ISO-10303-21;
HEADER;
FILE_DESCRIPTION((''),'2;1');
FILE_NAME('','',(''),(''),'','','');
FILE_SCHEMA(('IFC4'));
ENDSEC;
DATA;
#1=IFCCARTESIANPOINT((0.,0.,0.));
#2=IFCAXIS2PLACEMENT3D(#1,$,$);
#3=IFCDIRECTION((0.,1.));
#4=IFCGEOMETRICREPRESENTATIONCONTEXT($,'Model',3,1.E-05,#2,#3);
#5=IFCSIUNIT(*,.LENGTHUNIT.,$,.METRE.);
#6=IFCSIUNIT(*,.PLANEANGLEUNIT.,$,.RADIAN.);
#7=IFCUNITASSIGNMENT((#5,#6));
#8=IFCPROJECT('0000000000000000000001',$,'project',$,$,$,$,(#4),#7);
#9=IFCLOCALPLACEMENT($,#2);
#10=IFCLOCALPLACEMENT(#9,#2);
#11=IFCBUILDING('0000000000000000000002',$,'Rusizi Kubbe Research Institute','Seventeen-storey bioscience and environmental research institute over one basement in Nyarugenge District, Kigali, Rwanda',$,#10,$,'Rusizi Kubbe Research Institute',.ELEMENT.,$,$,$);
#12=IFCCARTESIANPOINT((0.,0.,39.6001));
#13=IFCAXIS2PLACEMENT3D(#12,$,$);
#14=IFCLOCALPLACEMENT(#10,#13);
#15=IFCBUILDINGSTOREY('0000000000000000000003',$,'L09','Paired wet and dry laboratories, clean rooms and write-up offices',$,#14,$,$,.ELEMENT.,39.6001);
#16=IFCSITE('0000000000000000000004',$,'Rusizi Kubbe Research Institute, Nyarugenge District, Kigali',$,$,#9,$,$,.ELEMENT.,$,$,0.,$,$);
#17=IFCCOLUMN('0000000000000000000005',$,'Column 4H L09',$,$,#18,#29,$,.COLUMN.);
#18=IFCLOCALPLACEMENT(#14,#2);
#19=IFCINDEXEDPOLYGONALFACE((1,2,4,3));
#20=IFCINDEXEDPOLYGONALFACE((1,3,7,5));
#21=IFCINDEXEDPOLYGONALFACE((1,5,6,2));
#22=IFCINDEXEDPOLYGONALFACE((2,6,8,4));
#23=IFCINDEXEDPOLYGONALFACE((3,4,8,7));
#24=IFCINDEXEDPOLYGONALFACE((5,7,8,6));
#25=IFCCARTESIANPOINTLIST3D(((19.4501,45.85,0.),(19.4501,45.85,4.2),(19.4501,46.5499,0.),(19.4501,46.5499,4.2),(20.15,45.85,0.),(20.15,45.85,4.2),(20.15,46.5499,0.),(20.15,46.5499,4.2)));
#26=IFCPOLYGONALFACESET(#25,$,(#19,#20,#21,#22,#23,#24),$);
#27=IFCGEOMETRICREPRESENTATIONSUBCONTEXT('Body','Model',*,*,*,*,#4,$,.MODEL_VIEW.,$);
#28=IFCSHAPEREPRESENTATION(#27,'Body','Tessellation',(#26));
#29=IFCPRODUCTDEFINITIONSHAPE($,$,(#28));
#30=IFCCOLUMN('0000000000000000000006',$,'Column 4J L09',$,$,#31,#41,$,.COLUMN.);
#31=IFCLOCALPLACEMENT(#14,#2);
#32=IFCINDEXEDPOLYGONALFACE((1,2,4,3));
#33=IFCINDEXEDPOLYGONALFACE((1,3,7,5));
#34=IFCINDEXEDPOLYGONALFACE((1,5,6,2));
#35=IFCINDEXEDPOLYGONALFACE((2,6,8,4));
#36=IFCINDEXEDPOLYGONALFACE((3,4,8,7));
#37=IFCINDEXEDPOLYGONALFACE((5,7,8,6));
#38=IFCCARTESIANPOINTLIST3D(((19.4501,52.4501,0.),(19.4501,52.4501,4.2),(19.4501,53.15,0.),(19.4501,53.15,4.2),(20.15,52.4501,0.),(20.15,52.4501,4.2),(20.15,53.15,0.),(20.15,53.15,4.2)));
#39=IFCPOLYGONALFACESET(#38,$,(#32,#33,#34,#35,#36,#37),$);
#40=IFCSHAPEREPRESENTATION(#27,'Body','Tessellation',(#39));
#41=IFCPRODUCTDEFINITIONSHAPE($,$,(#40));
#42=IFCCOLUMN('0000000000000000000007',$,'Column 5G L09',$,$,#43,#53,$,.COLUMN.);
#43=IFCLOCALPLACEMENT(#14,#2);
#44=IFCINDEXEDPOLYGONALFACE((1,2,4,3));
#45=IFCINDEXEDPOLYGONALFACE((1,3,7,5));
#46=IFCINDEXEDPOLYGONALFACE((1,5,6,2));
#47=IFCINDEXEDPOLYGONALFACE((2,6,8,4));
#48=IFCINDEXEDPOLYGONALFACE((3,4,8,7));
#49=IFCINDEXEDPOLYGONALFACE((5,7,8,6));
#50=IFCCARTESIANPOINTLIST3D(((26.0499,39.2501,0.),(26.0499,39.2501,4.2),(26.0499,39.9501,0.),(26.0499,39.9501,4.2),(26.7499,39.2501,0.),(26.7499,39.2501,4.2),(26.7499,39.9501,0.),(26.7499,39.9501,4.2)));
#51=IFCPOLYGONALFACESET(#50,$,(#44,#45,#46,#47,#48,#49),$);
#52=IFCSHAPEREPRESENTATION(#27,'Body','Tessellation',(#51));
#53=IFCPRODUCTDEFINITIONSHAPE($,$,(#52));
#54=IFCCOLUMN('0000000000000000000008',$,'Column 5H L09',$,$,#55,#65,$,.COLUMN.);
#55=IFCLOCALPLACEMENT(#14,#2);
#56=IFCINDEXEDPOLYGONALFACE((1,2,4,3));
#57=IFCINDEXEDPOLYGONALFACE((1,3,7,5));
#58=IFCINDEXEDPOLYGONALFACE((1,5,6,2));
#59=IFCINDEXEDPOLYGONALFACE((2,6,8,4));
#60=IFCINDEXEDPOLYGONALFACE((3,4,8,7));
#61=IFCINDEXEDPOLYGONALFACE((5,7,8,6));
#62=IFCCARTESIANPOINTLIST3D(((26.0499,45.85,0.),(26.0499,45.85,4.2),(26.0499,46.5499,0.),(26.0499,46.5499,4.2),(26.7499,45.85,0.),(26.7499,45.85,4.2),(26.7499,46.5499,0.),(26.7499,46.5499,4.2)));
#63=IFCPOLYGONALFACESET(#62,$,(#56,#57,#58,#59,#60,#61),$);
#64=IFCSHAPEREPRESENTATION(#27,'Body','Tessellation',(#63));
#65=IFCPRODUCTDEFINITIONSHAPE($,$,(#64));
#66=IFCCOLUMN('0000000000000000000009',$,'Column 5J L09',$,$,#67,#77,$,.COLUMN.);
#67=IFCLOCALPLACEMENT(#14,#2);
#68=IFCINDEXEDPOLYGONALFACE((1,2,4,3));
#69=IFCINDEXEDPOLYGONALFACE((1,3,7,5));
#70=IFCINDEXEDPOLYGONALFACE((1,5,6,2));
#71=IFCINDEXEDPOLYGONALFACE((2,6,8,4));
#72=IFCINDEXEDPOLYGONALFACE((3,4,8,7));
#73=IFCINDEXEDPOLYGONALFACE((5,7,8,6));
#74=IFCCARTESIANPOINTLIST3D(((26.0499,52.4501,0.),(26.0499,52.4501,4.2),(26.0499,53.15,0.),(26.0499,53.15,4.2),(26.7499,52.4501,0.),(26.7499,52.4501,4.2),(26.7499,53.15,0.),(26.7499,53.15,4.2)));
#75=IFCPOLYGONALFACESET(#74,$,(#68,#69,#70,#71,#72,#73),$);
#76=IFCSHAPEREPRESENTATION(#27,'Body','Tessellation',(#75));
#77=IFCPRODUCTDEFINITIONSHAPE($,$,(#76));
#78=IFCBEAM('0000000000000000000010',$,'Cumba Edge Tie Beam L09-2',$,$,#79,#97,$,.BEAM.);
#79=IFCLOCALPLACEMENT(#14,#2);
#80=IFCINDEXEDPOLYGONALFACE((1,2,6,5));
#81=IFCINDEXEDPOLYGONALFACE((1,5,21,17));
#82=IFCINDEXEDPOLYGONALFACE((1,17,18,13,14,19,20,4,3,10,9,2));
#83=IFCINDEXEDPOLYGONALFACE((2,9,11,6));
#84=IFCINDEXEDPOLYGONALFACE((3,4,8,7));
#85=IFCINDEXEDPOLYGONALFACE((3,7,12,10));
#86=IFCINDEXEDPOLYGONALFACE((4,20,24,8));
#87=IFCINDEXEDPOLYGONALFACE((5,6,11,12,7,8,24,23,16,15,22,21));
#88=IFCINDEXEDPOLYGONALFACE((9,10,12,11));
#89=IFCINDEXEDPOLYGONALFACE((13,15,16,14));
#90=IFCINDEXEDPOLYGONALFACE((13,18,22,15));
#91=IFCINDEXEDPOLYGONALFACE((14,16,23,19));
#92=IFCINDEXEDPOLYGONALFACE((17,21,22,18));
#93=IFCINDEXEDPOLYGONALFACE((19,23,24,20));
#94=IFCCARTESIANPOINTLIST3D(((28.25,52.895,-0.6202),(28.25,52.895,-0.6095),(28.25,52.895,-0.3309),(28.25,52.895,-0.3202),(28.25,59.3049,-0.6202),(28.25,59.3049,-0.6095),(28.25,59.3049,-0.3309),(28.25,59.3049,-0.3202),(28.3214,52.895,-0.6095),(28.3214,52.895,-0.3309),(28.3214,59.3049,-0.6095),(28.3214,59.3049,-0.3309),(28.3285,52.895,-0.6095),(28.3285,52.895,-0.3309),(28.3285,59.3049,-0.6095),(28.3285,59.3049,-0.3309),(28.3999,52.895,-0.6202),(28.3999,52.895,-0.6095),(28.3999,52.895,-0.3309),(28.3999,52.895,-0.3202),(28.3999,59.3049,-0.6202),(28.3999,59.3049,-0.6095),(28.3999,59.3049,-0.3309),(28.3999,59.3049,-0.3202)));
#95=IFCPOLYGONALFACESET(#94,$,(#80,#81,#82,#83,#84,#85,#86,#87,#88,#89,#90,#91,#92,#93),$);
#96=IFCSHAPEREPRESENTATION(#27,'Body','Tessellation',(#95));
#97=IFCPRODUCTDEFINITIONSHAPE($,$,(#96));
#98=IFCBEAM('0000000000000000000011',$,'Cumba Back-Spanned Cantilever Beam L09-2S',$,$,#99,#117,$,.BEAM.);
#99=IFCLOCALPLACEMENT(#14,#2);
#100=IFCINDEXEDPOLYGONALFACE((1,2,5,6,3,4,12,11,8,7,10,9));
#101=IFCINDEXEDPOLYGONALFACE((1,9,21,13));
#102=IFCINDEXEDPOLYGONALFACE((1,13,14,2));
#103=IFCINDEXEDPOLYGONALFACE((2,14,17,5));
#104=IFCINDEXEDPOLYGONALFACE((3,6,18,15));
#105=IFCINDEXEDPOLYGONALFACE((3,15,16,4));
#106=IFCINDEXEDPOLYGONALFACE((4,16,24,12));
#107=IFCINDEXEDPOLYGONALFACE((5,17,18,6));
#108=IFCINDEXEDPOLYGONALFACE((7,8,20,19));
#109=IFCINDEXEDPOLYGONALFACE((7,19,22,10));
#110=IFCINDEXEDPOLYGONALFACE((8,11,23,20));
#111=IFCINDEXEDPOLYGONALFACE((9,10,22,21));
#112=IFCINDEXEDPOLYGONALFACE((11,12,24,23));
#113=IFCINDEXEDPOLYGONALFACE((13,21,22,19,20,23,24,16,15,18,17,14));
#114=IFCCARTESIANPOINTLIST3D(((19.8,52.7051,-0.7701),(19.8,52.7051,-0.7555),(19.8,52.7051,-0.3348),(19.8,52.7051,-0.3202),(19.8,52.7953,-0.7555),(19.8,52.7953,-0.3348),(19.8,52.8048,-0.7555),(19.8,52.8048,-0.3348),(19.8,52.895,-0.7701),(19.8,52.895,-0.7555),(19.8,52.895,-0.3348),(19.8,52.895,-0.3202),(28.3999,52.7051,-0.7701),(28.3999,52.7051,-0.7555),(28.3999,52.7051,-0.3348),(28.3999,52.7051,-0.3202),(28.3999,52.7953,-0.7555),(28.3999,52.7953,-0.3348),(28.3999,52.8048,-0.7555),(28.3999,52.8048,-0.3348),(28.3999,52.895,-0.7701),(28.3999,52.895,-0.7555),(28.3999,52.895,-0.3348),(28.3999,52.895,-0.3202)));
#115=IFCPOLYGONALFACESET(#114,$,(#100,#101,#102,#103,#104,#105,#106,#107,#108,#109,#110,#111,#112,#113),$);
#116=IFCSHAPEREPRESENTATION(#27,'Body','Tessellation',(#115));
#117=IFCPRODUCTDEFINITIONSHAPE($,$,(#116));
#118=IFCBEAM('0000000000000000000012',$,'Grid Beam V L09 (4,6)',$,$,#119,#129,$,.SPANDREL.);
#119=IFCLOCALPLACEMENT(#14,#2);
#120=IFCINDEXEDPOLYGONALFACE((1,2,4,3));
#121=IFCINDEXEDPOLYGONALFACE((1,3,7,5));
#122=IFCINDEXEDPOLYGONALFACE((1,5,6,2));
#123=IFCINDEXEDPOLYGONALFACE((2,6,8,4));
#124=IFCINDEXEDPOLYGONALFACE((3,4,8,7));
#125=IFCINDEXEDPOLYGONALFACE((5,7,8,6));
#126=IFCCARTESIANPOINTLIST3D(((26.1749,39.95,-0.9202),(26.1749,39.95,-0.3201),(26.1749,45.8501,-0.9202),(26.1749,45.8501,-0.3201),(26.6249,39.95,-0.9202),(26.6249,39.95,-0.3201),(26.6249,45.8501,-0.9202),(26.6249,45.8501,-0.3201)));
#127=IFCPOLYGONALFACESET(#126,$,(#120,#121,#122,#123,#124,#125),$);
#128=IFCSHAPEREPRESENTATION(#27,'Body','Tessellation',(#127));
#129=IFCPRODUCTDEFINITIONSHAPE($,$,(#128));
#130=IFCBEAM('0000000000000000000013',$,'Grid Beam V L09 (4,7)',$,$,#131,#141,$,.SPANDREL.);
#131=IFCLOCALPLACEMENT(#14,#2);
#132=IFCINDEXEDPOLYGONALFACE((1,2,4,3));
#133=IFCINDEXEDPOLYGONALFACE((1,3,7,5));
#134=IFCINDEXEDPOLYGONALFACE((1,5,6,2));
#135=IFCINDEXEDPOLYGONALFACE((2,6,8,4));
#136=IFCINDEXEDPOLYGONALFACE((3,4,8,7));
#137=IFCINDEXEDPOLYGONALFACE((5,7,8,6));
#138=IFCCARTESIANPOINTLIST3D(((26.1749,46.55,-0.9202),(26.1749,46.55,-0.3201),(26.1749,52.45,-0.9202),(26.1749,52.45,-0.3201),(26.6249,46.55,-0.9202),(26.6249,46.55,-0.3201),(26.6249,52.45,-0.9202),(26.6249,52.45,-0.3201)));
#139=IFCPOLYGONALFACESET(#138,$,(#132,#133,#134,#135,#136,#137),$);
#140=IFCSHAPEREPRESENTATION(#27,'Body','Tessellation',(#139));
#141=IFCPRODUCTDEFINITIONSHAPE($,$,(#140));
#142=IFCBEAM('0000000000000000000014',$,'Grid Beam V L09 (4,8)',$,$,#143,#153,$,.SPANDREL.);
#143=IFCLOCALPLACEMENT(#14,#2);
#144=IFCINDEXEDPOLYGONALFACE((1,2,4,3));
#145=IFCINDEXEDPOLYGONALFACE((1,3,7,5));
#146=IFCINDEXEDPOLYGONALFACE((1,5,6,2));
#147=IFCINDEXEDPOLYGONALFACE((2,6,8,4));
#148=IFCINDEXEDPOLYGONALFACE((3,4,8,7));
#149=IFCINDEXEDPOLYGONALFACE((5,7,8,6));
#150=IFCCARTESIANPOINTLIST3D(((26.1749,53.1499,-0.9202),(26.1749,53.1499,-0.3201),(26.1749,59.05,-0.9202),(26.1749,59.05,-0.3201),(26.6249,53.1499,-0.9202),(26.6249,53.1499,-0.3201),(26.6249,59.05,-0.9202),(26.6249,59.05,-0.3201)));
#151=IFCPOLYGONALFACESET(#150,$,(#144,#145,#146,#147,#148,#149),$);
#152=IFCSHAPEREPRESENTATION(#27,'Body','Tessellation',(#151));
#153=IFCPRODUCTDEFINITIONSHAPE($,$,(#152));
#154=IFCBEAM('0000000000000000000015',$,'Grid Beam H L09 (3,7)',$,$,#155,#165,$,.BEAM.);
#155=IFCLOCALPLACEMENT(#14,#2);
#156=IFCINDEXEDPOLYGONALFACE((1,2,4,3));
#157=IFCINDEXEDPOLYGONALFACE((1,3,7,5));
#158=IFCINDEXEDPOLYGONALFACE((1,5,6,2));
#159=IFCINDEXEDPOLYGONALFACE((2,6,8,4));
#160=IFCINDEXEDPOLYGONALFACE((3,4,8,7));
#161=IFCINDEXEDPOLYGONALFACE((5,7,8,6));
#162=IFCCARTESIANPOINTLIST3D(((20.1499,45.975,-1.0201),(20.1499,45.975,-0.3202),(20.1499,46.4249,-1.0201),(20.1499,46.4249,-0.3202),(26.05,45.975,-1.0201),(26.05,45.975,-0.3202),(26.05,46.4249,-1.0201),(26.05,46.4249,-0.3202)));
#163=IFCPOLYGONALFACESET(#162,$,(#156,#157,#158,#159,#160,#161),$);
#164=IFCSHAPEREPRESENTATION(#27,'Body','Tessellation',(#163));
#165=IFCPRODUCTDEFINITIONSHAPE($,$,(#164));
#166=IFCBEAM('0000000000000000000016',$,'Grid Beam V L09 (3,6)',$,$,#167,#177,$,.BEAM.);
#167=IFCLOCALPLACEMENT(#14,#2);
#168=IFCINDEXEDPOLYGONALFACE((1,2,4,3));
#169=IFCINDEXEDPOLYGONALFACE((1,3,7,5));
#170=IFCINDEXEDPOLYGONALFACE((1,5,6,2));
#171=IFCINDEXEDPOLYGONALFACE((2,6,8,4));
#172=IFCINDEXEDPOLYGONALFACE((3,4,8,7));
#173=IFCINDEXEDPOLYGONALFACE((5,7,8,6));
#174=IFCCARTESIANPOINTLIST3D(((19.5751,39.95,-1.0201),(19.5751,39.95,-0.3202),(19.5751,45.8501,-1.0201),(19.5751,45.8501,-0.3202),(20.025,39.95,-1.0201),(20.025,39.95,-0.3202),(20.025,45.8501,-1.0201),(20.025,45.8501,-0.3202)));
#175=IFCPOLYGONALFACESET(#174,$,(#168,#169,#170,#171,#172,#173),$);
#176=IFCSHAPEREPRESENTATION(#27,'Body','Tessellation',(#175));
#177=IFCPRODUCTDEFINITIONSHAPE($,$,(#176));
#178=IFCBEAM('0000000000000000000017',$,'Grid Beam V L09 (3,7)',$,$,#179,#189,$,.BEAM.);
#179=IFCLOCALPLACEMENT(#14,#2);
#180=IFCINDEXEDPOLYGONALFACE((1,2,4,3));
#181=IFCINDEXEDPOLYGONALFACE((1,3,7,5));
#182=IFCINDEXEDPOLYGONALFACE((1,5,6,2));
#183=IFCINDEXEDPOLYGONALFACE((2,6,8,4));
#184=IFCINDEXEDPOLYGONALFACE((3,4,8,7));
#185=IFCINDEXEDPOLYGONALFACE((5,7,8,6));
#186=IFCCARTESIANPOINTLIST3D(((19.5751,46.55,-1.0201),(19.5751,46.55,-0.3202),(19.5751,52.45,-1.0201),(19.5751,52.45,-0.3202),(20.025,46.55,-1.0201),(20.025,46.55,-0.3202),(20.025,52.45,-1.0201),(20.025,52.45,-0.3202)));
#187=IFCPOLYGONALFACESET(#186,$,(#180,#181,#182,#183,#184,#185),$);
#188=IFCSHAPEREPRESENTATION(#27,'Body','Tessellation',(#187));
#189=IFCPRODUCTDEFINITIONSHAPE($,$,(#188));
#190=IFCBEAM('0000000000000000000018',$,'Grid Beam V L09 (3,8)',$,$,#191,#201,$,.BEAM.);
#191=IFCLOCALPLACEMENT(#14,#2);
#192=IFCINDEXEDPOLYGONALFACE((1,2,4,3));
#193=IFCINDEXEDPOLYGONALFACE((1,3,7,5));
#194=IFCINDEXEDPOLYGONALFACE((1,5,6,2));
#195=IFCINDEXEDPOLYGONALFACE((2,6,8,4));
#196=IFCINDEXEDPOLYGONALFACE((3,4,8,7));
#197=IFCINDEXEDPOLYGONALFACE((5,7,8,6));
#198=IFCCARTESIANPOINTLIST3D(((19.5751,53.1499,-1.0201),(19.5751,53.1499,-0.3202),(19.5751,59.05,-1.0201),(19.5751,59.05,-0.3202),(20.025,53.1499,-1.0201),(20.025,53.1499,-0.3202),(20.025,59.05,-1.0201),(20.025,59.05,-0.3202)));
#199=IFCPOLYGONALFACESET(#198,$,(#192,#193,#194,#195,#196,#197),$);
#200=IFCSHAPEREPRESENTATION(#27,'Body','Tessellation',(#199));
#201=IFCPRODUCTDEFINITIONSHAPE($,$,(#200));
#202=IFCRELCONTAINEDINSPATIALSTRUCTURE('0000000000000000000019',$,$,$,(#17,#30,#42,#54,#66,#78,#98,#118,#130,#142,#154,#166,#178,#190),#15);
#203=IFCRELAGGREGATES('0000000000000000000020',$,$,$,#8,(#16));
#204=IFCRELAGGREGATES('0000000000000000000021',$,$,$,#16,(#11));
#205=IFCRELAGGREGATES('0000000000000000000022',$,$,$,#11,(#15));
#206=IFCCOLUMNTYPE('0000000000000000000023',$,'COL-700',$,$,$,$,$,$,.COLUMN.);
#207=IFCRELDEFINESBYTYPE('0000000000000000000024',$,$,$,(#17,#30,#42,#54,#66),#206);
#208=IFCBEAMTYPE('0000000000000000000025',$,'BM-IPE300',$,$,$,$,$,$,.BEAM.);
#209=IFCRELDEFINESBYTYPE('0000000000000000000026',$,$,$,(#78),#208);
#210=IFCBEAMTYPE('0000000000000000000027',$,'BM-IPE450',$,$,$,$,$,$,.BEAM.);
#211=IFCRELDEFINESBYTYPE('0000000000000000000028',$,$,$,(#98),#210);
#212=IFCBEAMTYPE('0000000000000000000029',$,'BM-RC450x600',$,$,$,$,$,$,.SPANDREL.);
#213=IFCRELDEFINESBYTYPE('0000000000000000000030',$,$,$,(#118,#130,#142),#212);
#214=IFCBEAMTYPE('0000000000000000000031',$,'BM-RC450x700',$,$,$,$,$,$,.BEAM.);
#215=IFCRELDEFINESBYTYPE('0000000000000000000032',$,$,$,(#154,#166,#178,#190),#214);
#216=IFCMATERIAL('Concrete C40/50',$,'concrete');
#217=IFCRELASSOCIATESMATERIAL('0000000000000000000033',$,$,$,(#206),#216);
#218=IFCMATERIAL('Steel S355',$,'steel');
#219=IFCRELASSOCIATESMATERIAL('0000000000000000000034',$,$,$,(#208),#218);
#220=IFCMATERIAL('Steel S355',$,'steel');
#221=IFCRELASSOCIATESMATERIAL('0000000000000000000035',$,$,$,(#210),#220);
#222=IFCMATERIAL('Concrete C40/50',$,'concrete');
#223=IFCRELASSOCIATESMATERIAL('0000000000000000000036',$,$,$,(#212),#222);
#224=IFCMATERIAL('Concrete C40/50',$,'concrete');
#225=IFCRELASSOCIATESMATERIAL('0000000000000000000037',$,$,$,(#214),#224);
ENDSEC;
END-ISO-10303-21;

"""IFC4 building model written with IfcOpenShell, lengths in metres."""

from ifc_helpers import new_model, si_unit, direction, frame, origin, origin_2d, place, context, subcontext, project, spatial, rectangle, i_section, extrude, material, material_profile, profile_set, type_object, element, save


model = new_model("IFC4")

# Units and contexts
model_context = context("Model", 3, precision=1e-05, world=origin(), true_north=direction((0.0, 1.0)))
body_context = subcontext(model_context, "Body", "Model", "MODEL_VIEW")
ifc_project = project(units=[si_unit("LENGTHUNIT", "METRE"), si_unit("PLANEANGLEUNIT", "RADIAN")], contexts=[model_context])

# Site, building, storey
site_placement = place(None, origin())
site = spatial("IfcSite", under=ifc_project, at=site_placement, Name="Rusizi Kubbe Research Institute, Nyarugenge District, Kigali", CompositionType="ELEMENT", RefElevation=0.0)
building_placement = place(site_placement, origin())
building = spatial("IfcBuilding", under=site, at=building_placement, Name="Rusizi Kubbe Research Institute", Description="Seventeen-storey bioscience and environmental research institute over one basement in Nyarugenge District, Kigali, Rwanda", LongName="Rusizi Kubbe Research Institute", CompositionType="ELEMENT")
storey_placement = place(building_placement, frame((0.0, 0.0, 39.6001)))
storey = spatial("IfcBuildingStorey", under=building, at=storey_placement, Name="L09", Description="Paired wet and dry laboratories, clean rooms and write-up offices", CompositionType="ELEMENT", Elevation=39.6001)

# Columns
ifc_material_1 = material(Name="Concrete C40/50", Category="concrete")
ifc_material_profile_1 = material_profile(ifc_material_1, rectangle(XDim=0.7, YDim=0.7, at=origin_2d()), Name="RC700x700")
ifc_profile_set_1 = profile_set([ifc_material_profile_1], Name="Concrete C40/50")
column_type = type_object("IfcColumnType", Name="COL-700", PredefinedType="COLUMN", material=ifc_profile_set_1)
for number, where, z_axis, x_axis, name in (
    (1, (19.8, 46.2, 0.0), (0.0, 0.0, 1.0), (1.0, 0.0, 0.0), "Column 4H L09"),
    (2, (19.8, 52.8, 0.0), (0.0, 0.0, 1.0), (1.0, 0.0, 0.0), "Column 4J L09"),
    (3, (26.3999, 39.6001, 0.0), (0.0, 0.0, 1.0), (1.0, 0.0, 0.0), "Column 5G L09"),
    (4, (26.3999, 46.2, 0.0), (0.0, 0.0, 1.0), (1.0, 0.0, 0.0), "Column 5H L09"),
    (5, (26.3999, 52.8, 0.0), (0.0, 0.0, 1.0), (1.0, 0.0, 0.0), "Column 5J L09"),
):
    element("IfcColumn", number, at=place(storey_placement, frame(where, z_axis=z_axis, x_axis=x_axis)), inside=storey, type_object=column_type, Name=name, PredefinedType="COLUMN", context=body_context, shape_type="SweptSolid", body=[
        extrude(rectangle(XDim=0.7, YDim=0.7, at=origin_2d()), origin(), (0.0, 0.0, 1.0), 4.2),
    ])

# Beams
ifc_material_2 = material(Name="Steel S355", Category="steel")
ifc_material_profile_2 = material_profile(ifc_material_2, i_section(OverallWidth=0.1499, OverallDepth=0.3, WebThickness=0.0071, FlangeThickness=0.0107, at=origin_2d()), Name="IPE 300")
ifc_profile_set_2 = profile_set([ifc_material_profile_2], Name="Steel S355")
beam_type_1 = type_object("IfcBeamType", Name="BM-IPE300", PredefinedType="BEAM", material=ifc_profile_set_2)
beam_1_placement = place(storey_placement, frame((28.325, 52.895, -0.4702), z_axis=(0.0, 1.0, 0.0), x_axis=(-1.0, 0.0, 0.0)))
element("IfcBeam", 6, at=beam_1_placement, inside=storey, type_object=beam_type_1, Name="Cumba Edge Tie Beam L09-2", PredefinedType="BEAM", context=body_context, shape_type="SweptSolid", body=[
    extrude(i_section(OverallWidth=0.1499, OverallDepth=0.3, WebThickness=0.0071, FlangeThickness=0.0107, at=origin_2d()), origin(), (0.0, 0.0, 1.0), 6.4099),
])
ifc_material_3 = material(Name="Steel S355", Category="steel")
ifc_material_profile_3 = material_profile(ifc_material_3, i_section(OverallWidth=0.1899, OverallDepth=0.45, WebThickness=0.0095, FlangeThickness=0.0146, at=origin_2d()), Name="IPE 450")
ifc_profile_set_3 = profile_set([ifc_material_profile_3], Name="Steel S355")
beam_type_2 = type_object("IfcBeamType", Name="BM-IPE450", PredefinedType="BEAM", material=ifc_profile_set_3)
beam_2_placement = place(storey_placement, frame((19.8, 52.8, -0.5452), z_axis=(1.0, 0.0, 0.0), x_axis=(0.0, 1.0, 0.0)))
element("IfcBeam", 7, at=beam_2_placement, inside=storey, type_object=beam_type_2, Name="Cumba Back-Spanned Cantilever Beam L09-2S", PredefinedType="BEAM", context=body_context, shape_type="SweptSolid", body=[
    extrude(i_section(OverallWidth=0.1899, OverallDepth=0.45, WebThickness=0.0095, FlangeThickness=0.0146, at=origin_2d()), origin(), (0.0, 0.0, 1.0), 8.5999),
])
ifc_material_4 = material(Name="Concrete C40/50", Category="concrete")
ifc_material_profile_4 = material_profile(ifc_material_4, rectangle(XDim=0.45, YDim=0.6001, at=origin_2d()), Name="RC450x600")
ifc_profile_set_4 = profile_set([ifc_material_profile_4], Name="Concrete C40/50")
beam_type_3 = type_object("IfcBeamType", Name="BM-RC450x600", PredefinedType="SPANDREL", material=ifc_profile_set_4)
beam_3_placement = place(storey_placement, frame((26.3999, 39.95, -0.6201), z_axis=(0.0, 1.0, 0.0), x_axis=(-1.0, 0.0, 0.0)))
element("IfcBeam", 8, at=beam_3_placement, inside=storey, type_object=beam_type_3, Name="Grid Beam V L09 (4,6)", PredefinedType="SPANDREL", context=body_context, shape_type="SweptSolid", body=[
    extrude(rectangle(XDim=0.45, YDim=0.6001, at=origin_2d()), origin(), (0.0, 0.0, 1.0), 5.9001),
])
beam_4_placement = place(storey_placement, frame((26.3999, 46.55, -0.6201), z_axis=(0.0, 1.0, 0.0), x_axis=(-1.0, 0.0, 0.0)))
element("IfcBeam", 9, at=beam_4_placement, inside=storey, type_object=beam_type_3, Name="Grid Beam V L09 (4,7)", PredefinedType="SPANDREL", context=body_context, shape_type="SweptSolid", body=[
    extrude(rectangle(XDim=0.45, YDim=0.6001, at=origin_2d()), origin(), (0.0, 0.0, 1.0), 5.8999),
])
beam_5_placement = place(storey_placement, frame((26.3999, 53.1499, -0.6201), z_axis=(0.0, 1.0, 0.0), x_axis=(-1.0, 0.0, 0.0)))
element("IfcBeam", 10, at=beam_5_placement, inside=storey, type_object=beam_type_3, Name="Grid Beam V L09 (4,8)", PredefinedType="SPANDREL", context=body_context, shape_type="SweptSolid", body=[
    extrude(rectangle(XDim=0.45, YDim=0.6001, at=origin_2d()), origin(), (0.0, 0.0, 1.0), 5.9001),
])
ifc_material_5 = material(Name="Concrete C40/50", Category="concrete")
ifc_material_profile_5 = material_profile(ifc_material_5, rectangle(XDim=0.45, YDim=0.7, at=origin_2d()), Name="RC450x700B")
ifc_profile_set_5 = profile_set([ifc_material_profile_5], Name="Concrete C40/50")
beam_type_4 = type_object("IfcBeamType", Name="BM-RC450x700", PredefinedType="BEAM", material=ifc_profile_set_5)
for number, where, z_axis, x_axis, name in (
    (11, (20.1499, 46.2, -0.6702), (1.0, 0.0, 0.0), (0.0, 1.0, 0.0), "Grid Beam H L09 (3,7)"),
    (12, (19.8, 39.95, -0.6702), (0.0, 1.0, 0.0), (-1.0, 0.0, 0.0), "Grid Beam V L09 (3,6)"),
):
    element("IfcBeam", number, at=place(storey_placement, frame(where, z_axis=z_axis, x_axis=x_axis)), inside=storey, type_object=beam_type_4, Name=name, PredefinedType="BEAM", context=body_context, shape_type="SweptSolid", body=[
        extrude(rectangle(XDim=0.45, YDim=0.7, at=origin_2d()), origin(), (0.0, 0.0, 1.0), 5.9001),
    ])
beam_6_placement = place(storey_placement, frame((19.8, 46.55, -0.6702), z_axis=(0.0, 1.0, 0.0), x_axis=(-1.0, 0.0, 0.0)))
element("IfcBeam", 13, at=beam_6_placement, inside=storey, type_object=beam_type_4, Name="Grid Beam V L09 (3,7)", PredefinedType="BEAM", context=body_context, shape_type="SweptSolid", body=[
    extrude(rectangle(XDim=0.45, YDim=0.7, at=origin_2d()), origin(), (0.0, 0.0, 1.0), 5.8999),
])
beam_7_placement = place(storey_placement, frame((19.8, 53.1499, -0.6702), z_axis=(0.0, 1.0, 0.0), x_axis=(-1.0, 0.0, 0.0)))
element("IfcBeam", 14, at=beam_7_placement, inside=storey, type_object=beam_type_4, Name="Grid Beam V L09 (3,8)", PredefinedType="BEAM", context=body_context, shape_type="SweptSolid", body=[
    extrude(rectangle(XDim=0.45, YDim=0.7, at=origin_2d()), origin(), (0.0, 0.0, 1.0), 5.9001),
])

save(model, "model.ifc")
